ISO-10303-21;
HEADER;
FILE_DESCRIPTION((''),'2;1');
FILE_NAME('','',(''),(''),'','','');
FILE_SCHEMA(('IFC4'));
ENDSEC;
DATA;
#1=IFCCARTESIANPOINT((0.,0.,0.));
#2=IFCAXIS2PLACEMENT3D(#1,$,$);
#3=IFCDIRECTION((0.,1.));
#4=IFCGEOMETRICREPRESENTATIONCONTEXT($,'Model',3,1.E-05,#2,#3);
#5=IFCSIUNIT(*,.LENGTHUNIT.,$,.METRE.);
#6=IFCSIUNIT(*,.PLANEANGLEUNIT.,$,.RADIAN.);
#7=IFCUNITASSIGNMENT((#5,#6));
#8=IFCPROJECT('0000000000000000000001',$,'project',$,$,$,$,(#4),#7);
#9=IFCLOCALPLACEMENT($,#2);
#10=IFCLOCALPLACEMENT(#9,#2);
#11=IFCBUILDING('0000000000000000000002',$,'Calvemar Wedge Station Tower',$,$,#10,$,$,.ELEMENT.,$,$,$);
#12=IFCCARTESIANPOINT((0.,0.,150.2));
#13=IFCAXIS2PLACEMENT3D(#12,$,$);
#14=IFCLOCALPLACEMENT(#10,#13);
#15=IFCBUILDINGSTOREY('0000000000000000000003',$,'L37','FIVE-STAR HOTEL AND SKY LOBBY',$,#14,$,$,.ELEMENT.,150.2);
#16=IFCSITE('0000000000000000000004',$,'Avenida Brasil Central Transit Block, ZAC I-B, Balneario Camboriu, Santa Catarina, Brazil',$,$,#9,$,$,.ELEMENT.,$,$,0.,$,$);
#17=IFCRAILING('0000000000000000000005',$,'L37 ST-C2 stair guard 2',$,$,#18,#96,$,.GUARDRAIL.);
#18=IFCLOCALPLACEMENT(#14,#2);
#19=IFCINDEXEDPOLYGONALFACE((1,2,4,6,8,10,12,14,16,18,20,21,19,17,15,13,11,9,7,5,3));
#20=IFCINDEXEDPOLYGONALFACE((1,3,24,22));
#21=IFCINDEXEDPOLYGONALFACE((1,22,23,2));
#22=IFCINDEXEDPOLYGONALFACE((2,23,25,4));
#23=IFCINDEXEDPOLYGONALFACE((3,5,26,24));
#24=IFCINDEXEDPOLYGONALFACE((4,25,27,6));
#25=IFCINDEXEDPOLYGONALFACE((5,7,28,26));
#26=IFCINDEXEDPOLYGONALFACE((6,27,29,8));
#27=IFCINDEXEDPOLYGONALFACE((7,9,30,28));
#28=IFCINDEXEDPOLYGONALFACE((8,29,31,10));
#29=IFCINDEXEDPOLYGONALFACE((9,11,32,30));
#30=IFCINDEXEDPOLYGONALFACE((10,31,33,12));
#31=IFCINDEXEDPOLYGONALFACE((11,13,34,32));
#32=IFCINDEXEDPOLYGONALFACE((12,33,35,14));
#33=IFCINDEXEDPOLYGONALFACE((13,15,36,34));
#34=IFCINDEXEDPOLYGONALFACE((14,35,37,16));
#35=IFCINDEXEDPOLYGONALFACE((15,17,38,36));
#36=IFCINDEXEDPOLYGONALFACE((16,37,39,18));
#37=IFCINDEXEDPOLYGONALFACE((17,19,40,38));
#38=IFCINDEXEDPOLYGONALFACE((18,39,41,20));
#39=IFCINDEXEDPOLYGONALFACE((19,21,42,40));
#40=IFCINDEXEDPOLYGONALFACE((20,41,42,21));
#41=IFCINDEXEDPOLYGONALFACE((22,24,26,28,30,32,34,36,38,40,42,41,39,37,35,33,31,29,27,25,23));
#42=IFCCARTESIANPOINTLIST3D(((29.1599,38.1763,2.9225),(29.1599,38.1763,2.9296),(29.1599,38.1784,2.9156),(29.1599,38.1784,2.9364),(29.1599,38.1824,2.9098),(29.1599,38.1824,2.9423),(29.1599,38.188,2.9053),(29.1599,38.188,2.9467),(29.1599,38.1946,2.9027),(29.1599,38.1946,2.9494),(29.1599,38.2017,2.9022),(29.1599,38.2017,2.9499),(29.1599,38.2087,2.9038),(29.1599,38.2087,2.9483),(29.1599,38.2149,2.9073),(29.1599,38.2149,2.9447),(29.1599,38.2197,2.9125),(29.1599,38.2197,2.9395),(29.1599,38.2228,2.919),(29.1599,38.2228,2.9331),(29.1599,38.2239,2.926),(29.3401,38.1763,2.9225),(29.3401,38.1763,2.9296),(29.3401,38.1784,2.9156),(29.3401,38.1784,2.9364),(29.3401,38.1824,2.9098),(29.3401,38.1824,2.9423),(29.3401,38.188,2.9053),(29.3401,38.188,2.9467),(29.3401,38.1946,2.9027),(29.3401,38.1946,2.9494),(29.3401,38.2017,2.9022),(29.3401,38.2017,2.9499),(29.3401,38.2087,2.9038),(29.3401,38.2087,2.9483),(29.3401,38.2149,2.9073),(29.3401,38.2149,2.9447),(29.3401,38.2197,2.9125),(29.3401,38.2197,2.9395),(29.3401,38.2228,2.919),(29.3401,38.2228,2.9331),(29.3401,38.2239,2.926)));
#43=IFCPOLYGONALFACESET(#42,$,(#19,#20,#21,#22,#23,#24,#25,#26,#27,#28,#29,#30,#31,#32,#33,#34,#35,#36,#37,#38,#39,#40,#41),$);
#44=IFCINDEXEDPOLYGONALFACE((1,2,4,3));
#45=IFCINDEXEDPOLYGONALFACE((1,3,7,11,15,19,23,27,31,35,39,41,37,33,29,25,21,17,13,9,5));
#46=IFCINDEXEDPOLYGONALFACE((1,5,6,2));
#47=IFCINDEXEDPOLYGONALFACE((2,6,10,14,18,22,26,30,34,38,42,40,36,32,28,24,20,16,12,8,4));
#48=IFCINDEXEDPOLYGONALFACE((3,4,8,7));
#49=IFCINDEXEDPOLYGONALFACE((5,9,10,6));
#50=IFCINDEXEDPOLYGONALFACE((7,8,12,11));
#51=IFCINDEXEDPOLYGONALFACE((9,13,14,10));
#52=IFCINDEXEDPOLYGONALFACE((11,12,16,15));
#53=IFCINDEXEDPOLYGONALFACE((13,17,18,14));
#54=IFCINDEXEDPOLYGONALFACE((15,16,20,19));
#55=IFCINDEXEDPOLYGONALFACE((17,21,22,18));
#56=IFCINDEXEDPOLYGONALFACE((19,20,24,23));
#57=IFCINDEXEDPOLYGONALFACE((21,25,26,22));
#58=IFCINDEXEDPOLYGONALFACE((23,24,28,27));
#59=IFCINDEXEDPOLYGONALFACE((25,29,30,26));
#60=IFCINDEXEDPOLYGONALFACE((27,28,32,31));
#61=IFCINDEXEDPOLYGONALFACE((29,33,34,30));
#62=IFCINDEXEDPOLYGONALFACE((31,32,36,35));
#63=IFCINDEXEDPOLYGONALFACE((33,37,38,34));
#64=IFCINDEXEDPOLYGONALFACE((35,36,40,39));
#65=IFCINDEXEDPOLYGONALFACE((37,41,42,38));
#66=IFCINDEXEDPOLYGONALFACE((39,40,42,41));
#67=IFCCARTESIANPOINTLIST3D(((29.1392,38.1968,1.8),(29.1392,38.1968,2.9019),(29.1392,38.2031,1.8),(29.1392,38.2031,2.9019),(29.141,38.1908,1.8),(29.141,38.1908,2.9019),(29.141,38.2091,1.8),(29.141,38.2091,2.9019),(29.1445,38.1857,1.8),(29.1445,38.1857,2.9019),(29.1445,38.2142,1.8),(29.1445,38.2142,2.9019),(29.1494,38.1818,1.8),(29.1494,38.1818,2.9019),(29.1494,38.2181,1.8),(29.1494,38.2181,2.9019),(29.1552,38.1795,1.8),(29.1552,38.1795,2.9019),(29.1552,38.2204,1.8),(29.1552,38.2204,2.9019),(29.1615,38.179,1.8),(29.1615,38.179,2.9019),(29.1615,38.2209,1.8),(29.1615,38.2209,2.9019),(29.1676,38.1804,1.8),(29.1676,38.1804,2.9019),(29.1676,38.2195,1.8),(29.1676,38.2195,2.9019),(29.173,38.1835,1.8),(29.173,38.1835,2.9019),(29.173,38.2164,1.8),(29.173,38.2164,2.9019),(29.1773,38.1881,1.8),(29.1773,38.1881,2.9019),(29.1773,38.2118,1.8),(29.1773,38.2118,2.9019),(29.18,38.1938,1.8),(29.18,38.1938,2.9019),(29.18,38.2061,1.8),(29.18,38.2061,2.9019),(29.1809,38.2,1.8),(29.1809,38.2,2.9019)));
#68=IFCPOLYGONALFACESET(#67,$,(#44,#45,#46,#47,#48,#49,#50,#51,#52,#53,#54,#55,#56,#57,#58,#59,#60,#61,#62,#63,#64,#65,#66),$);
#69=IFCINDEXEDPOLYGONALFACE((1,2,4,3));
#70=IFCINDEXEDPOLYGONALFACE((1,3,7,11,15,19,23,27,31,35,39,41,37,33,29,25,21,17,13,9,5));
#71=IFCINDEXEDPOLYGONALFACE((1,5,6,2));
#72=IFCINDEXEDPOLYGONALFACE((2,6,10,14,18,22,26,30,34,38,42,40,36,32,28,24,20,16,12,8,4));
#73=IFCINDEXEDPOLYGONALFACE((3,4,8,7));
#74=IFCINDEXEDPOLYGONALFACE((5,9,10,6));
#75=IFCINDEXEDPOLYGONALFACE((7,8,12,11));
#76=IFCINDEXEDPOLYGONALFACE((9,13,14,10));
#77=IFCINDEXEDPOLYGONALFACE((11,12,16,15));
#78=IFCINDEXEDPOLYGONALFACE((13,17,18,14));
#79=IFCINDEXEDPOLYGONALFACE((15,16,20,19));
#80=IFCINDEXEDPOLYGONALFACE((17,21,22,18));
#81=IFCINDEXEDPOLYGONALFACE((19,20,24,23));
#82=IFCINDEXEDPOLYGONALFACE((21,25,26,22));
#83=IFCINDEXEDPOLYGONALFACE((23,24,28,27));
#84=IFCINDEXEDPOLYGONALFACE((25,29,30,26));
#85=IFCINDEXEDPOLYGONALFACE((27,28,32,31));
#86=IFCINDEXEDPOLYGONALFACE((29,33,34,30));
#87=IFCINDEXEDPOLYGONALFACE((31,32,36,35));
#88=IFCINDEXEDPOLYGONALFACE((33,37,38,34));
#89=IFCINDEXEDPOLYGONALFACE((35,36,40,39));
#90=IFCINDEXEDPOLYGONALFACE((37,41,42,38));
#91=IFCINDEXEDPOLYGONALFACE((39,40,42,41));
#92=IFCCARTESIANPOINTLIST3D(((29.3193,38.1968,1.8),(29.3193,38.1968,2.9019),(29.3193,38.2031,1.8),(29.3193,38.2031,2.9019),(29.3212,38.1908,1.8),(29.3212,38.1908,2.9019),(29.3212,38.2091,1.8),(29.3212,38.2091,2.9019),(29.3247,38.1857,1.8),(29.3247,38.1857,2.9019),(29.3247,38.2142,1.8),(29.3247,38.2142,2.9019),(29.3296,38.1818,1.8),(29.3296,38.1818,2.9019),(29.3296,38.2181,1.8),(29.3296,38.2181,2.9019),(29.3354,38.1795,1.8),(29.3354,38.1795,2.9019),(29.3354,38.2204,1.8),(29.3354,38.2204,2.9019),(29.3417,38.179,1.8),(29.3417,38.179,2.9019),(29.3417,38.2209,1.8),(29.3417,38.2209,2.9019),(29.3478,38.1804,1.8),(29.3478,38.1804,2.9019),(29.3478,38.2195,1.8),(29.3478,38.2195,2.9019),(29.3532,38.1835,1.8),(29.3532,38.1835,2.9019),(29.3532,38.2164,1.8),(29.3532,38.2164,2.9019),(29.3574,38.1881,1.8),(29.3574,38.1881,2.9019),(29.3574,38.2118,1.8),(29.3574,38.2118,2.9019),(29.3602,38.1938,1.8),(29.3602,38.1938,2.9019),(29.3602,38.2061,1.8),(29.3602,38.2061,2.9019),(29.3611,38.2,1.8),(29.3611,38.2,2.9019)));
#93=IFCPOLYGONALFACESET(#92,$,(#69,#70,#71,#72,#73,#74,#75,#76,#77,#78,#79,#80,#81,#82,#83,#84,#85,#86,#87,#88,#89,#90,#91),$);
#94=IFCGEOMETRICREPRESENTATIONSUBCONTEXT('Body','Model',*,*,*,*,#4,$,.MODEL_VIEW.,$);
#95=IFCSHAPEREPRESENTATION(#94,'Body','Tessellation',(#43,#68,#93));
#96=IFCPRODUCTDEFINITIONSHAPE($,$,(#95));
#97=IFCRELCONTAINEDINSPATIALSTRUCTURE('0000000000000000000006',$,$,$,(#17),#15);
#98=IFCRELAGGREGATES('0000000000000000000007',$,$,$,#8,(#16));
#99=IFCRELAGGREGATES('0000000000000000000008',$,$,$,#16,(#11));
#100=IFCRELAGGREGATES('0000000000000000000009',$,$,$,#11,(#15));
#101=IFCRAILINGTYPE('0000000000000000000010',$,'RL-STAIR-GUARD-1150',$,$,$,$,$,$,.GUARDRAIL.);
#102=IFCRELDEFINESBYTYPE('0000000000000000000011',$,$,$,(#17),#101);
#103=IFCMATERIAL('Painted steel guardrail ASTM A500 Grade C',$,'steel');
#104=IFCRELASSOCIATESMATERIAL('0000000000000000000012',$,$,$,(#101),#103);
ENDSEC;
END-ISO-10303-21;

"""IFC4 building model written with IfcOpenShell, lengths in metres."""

from ifc_helpers import new_model, si_unit, direction, frame, origin, origin_2d, place, context, subcontext, project, spatial, circle, extrude, material, type_object, element, save


model = new_model("IFC4")

# Units and contexts
model_context = context("Model", 3, precision=1e-05, world=origin(), true_north=direction((0.0, 1.0)))
body_context = subcontext(model_context, "Body", "Model", "MODEL_VIEW")
ifc_project = project(units=[si_unit("LENGTHUNIT", "METRE"), si_unit("PLANEANGLEUNIT", "RADIAN")], contexts=[model_context])

# Site, building, storey
site_placement = place(None, origin())
site = spatial("IfcSite", under=ifc_project, at=site_placement, Name="Avenida Brasil Central Transit Block, ZAC I-B, Balneario Camboriu, Santa Catarina, Brazil", CompositionType="ELEMENT", RefElevation=0.0)
building_placement = place(site_placement, origin())
building = spatial("IfcBuilding", under=site, at=building_placement, Name="Calvemar Wedge Station Tower", CompositionType="ELEMENT")
storey_placement = place(building_placement, frame((0.0, 0.0, 150.2)))
storey = spatial("IfcBuildingStorey", under=building, at=storey_placement, Name="L37", Description="FIVE-STAR HOTEL AND SKY LOBBY", CompositionType="ELEMENT", Elevation=150.2)

# Railing
ifc_material_1 = material(Name="Painted steel guardrail ASTM A500 Grade C", Category="steel")
railing_type_1 = type_object("IfcRailingType", Name="RL-STAIR-GUARD-1150", PredefinedType="GUARDRAIL", material=ifc_material_1)
railing_1_placement = place(storey_placement, frame((29.1599, 38.2, 1.8)))
element("IfcRailing", 1, at=railing_1_placement, inside=storey, type_object=railing_type_1, Name="L37 ST-C2 stair guard 2", PredefinedType="GUARDRAIL", context=body_context, shape_type="SweptSolid", body=[
    extrude(circle(Radius=0.0239, at=origin_2d()), frame((0.0, 0.0, 1.126), z_axis=(1.0, 0.0, 0.0), x_axis=(0.0, 1.0, 0.0)), (0.0, 0.0, 1.0), 0.1802),
    extrude(circle(Radius=0.021, at=origin_2d()), origin(), (0.0, 0.0, 1.0), 1.1018),
    extrude(circle(Radius=0.021, at=origin_2d()), frame((0.1802, 0.0, 0.0)), (0.0, 0.0, 1.0), 1.1018),
])

save(model, "model.ifc")
